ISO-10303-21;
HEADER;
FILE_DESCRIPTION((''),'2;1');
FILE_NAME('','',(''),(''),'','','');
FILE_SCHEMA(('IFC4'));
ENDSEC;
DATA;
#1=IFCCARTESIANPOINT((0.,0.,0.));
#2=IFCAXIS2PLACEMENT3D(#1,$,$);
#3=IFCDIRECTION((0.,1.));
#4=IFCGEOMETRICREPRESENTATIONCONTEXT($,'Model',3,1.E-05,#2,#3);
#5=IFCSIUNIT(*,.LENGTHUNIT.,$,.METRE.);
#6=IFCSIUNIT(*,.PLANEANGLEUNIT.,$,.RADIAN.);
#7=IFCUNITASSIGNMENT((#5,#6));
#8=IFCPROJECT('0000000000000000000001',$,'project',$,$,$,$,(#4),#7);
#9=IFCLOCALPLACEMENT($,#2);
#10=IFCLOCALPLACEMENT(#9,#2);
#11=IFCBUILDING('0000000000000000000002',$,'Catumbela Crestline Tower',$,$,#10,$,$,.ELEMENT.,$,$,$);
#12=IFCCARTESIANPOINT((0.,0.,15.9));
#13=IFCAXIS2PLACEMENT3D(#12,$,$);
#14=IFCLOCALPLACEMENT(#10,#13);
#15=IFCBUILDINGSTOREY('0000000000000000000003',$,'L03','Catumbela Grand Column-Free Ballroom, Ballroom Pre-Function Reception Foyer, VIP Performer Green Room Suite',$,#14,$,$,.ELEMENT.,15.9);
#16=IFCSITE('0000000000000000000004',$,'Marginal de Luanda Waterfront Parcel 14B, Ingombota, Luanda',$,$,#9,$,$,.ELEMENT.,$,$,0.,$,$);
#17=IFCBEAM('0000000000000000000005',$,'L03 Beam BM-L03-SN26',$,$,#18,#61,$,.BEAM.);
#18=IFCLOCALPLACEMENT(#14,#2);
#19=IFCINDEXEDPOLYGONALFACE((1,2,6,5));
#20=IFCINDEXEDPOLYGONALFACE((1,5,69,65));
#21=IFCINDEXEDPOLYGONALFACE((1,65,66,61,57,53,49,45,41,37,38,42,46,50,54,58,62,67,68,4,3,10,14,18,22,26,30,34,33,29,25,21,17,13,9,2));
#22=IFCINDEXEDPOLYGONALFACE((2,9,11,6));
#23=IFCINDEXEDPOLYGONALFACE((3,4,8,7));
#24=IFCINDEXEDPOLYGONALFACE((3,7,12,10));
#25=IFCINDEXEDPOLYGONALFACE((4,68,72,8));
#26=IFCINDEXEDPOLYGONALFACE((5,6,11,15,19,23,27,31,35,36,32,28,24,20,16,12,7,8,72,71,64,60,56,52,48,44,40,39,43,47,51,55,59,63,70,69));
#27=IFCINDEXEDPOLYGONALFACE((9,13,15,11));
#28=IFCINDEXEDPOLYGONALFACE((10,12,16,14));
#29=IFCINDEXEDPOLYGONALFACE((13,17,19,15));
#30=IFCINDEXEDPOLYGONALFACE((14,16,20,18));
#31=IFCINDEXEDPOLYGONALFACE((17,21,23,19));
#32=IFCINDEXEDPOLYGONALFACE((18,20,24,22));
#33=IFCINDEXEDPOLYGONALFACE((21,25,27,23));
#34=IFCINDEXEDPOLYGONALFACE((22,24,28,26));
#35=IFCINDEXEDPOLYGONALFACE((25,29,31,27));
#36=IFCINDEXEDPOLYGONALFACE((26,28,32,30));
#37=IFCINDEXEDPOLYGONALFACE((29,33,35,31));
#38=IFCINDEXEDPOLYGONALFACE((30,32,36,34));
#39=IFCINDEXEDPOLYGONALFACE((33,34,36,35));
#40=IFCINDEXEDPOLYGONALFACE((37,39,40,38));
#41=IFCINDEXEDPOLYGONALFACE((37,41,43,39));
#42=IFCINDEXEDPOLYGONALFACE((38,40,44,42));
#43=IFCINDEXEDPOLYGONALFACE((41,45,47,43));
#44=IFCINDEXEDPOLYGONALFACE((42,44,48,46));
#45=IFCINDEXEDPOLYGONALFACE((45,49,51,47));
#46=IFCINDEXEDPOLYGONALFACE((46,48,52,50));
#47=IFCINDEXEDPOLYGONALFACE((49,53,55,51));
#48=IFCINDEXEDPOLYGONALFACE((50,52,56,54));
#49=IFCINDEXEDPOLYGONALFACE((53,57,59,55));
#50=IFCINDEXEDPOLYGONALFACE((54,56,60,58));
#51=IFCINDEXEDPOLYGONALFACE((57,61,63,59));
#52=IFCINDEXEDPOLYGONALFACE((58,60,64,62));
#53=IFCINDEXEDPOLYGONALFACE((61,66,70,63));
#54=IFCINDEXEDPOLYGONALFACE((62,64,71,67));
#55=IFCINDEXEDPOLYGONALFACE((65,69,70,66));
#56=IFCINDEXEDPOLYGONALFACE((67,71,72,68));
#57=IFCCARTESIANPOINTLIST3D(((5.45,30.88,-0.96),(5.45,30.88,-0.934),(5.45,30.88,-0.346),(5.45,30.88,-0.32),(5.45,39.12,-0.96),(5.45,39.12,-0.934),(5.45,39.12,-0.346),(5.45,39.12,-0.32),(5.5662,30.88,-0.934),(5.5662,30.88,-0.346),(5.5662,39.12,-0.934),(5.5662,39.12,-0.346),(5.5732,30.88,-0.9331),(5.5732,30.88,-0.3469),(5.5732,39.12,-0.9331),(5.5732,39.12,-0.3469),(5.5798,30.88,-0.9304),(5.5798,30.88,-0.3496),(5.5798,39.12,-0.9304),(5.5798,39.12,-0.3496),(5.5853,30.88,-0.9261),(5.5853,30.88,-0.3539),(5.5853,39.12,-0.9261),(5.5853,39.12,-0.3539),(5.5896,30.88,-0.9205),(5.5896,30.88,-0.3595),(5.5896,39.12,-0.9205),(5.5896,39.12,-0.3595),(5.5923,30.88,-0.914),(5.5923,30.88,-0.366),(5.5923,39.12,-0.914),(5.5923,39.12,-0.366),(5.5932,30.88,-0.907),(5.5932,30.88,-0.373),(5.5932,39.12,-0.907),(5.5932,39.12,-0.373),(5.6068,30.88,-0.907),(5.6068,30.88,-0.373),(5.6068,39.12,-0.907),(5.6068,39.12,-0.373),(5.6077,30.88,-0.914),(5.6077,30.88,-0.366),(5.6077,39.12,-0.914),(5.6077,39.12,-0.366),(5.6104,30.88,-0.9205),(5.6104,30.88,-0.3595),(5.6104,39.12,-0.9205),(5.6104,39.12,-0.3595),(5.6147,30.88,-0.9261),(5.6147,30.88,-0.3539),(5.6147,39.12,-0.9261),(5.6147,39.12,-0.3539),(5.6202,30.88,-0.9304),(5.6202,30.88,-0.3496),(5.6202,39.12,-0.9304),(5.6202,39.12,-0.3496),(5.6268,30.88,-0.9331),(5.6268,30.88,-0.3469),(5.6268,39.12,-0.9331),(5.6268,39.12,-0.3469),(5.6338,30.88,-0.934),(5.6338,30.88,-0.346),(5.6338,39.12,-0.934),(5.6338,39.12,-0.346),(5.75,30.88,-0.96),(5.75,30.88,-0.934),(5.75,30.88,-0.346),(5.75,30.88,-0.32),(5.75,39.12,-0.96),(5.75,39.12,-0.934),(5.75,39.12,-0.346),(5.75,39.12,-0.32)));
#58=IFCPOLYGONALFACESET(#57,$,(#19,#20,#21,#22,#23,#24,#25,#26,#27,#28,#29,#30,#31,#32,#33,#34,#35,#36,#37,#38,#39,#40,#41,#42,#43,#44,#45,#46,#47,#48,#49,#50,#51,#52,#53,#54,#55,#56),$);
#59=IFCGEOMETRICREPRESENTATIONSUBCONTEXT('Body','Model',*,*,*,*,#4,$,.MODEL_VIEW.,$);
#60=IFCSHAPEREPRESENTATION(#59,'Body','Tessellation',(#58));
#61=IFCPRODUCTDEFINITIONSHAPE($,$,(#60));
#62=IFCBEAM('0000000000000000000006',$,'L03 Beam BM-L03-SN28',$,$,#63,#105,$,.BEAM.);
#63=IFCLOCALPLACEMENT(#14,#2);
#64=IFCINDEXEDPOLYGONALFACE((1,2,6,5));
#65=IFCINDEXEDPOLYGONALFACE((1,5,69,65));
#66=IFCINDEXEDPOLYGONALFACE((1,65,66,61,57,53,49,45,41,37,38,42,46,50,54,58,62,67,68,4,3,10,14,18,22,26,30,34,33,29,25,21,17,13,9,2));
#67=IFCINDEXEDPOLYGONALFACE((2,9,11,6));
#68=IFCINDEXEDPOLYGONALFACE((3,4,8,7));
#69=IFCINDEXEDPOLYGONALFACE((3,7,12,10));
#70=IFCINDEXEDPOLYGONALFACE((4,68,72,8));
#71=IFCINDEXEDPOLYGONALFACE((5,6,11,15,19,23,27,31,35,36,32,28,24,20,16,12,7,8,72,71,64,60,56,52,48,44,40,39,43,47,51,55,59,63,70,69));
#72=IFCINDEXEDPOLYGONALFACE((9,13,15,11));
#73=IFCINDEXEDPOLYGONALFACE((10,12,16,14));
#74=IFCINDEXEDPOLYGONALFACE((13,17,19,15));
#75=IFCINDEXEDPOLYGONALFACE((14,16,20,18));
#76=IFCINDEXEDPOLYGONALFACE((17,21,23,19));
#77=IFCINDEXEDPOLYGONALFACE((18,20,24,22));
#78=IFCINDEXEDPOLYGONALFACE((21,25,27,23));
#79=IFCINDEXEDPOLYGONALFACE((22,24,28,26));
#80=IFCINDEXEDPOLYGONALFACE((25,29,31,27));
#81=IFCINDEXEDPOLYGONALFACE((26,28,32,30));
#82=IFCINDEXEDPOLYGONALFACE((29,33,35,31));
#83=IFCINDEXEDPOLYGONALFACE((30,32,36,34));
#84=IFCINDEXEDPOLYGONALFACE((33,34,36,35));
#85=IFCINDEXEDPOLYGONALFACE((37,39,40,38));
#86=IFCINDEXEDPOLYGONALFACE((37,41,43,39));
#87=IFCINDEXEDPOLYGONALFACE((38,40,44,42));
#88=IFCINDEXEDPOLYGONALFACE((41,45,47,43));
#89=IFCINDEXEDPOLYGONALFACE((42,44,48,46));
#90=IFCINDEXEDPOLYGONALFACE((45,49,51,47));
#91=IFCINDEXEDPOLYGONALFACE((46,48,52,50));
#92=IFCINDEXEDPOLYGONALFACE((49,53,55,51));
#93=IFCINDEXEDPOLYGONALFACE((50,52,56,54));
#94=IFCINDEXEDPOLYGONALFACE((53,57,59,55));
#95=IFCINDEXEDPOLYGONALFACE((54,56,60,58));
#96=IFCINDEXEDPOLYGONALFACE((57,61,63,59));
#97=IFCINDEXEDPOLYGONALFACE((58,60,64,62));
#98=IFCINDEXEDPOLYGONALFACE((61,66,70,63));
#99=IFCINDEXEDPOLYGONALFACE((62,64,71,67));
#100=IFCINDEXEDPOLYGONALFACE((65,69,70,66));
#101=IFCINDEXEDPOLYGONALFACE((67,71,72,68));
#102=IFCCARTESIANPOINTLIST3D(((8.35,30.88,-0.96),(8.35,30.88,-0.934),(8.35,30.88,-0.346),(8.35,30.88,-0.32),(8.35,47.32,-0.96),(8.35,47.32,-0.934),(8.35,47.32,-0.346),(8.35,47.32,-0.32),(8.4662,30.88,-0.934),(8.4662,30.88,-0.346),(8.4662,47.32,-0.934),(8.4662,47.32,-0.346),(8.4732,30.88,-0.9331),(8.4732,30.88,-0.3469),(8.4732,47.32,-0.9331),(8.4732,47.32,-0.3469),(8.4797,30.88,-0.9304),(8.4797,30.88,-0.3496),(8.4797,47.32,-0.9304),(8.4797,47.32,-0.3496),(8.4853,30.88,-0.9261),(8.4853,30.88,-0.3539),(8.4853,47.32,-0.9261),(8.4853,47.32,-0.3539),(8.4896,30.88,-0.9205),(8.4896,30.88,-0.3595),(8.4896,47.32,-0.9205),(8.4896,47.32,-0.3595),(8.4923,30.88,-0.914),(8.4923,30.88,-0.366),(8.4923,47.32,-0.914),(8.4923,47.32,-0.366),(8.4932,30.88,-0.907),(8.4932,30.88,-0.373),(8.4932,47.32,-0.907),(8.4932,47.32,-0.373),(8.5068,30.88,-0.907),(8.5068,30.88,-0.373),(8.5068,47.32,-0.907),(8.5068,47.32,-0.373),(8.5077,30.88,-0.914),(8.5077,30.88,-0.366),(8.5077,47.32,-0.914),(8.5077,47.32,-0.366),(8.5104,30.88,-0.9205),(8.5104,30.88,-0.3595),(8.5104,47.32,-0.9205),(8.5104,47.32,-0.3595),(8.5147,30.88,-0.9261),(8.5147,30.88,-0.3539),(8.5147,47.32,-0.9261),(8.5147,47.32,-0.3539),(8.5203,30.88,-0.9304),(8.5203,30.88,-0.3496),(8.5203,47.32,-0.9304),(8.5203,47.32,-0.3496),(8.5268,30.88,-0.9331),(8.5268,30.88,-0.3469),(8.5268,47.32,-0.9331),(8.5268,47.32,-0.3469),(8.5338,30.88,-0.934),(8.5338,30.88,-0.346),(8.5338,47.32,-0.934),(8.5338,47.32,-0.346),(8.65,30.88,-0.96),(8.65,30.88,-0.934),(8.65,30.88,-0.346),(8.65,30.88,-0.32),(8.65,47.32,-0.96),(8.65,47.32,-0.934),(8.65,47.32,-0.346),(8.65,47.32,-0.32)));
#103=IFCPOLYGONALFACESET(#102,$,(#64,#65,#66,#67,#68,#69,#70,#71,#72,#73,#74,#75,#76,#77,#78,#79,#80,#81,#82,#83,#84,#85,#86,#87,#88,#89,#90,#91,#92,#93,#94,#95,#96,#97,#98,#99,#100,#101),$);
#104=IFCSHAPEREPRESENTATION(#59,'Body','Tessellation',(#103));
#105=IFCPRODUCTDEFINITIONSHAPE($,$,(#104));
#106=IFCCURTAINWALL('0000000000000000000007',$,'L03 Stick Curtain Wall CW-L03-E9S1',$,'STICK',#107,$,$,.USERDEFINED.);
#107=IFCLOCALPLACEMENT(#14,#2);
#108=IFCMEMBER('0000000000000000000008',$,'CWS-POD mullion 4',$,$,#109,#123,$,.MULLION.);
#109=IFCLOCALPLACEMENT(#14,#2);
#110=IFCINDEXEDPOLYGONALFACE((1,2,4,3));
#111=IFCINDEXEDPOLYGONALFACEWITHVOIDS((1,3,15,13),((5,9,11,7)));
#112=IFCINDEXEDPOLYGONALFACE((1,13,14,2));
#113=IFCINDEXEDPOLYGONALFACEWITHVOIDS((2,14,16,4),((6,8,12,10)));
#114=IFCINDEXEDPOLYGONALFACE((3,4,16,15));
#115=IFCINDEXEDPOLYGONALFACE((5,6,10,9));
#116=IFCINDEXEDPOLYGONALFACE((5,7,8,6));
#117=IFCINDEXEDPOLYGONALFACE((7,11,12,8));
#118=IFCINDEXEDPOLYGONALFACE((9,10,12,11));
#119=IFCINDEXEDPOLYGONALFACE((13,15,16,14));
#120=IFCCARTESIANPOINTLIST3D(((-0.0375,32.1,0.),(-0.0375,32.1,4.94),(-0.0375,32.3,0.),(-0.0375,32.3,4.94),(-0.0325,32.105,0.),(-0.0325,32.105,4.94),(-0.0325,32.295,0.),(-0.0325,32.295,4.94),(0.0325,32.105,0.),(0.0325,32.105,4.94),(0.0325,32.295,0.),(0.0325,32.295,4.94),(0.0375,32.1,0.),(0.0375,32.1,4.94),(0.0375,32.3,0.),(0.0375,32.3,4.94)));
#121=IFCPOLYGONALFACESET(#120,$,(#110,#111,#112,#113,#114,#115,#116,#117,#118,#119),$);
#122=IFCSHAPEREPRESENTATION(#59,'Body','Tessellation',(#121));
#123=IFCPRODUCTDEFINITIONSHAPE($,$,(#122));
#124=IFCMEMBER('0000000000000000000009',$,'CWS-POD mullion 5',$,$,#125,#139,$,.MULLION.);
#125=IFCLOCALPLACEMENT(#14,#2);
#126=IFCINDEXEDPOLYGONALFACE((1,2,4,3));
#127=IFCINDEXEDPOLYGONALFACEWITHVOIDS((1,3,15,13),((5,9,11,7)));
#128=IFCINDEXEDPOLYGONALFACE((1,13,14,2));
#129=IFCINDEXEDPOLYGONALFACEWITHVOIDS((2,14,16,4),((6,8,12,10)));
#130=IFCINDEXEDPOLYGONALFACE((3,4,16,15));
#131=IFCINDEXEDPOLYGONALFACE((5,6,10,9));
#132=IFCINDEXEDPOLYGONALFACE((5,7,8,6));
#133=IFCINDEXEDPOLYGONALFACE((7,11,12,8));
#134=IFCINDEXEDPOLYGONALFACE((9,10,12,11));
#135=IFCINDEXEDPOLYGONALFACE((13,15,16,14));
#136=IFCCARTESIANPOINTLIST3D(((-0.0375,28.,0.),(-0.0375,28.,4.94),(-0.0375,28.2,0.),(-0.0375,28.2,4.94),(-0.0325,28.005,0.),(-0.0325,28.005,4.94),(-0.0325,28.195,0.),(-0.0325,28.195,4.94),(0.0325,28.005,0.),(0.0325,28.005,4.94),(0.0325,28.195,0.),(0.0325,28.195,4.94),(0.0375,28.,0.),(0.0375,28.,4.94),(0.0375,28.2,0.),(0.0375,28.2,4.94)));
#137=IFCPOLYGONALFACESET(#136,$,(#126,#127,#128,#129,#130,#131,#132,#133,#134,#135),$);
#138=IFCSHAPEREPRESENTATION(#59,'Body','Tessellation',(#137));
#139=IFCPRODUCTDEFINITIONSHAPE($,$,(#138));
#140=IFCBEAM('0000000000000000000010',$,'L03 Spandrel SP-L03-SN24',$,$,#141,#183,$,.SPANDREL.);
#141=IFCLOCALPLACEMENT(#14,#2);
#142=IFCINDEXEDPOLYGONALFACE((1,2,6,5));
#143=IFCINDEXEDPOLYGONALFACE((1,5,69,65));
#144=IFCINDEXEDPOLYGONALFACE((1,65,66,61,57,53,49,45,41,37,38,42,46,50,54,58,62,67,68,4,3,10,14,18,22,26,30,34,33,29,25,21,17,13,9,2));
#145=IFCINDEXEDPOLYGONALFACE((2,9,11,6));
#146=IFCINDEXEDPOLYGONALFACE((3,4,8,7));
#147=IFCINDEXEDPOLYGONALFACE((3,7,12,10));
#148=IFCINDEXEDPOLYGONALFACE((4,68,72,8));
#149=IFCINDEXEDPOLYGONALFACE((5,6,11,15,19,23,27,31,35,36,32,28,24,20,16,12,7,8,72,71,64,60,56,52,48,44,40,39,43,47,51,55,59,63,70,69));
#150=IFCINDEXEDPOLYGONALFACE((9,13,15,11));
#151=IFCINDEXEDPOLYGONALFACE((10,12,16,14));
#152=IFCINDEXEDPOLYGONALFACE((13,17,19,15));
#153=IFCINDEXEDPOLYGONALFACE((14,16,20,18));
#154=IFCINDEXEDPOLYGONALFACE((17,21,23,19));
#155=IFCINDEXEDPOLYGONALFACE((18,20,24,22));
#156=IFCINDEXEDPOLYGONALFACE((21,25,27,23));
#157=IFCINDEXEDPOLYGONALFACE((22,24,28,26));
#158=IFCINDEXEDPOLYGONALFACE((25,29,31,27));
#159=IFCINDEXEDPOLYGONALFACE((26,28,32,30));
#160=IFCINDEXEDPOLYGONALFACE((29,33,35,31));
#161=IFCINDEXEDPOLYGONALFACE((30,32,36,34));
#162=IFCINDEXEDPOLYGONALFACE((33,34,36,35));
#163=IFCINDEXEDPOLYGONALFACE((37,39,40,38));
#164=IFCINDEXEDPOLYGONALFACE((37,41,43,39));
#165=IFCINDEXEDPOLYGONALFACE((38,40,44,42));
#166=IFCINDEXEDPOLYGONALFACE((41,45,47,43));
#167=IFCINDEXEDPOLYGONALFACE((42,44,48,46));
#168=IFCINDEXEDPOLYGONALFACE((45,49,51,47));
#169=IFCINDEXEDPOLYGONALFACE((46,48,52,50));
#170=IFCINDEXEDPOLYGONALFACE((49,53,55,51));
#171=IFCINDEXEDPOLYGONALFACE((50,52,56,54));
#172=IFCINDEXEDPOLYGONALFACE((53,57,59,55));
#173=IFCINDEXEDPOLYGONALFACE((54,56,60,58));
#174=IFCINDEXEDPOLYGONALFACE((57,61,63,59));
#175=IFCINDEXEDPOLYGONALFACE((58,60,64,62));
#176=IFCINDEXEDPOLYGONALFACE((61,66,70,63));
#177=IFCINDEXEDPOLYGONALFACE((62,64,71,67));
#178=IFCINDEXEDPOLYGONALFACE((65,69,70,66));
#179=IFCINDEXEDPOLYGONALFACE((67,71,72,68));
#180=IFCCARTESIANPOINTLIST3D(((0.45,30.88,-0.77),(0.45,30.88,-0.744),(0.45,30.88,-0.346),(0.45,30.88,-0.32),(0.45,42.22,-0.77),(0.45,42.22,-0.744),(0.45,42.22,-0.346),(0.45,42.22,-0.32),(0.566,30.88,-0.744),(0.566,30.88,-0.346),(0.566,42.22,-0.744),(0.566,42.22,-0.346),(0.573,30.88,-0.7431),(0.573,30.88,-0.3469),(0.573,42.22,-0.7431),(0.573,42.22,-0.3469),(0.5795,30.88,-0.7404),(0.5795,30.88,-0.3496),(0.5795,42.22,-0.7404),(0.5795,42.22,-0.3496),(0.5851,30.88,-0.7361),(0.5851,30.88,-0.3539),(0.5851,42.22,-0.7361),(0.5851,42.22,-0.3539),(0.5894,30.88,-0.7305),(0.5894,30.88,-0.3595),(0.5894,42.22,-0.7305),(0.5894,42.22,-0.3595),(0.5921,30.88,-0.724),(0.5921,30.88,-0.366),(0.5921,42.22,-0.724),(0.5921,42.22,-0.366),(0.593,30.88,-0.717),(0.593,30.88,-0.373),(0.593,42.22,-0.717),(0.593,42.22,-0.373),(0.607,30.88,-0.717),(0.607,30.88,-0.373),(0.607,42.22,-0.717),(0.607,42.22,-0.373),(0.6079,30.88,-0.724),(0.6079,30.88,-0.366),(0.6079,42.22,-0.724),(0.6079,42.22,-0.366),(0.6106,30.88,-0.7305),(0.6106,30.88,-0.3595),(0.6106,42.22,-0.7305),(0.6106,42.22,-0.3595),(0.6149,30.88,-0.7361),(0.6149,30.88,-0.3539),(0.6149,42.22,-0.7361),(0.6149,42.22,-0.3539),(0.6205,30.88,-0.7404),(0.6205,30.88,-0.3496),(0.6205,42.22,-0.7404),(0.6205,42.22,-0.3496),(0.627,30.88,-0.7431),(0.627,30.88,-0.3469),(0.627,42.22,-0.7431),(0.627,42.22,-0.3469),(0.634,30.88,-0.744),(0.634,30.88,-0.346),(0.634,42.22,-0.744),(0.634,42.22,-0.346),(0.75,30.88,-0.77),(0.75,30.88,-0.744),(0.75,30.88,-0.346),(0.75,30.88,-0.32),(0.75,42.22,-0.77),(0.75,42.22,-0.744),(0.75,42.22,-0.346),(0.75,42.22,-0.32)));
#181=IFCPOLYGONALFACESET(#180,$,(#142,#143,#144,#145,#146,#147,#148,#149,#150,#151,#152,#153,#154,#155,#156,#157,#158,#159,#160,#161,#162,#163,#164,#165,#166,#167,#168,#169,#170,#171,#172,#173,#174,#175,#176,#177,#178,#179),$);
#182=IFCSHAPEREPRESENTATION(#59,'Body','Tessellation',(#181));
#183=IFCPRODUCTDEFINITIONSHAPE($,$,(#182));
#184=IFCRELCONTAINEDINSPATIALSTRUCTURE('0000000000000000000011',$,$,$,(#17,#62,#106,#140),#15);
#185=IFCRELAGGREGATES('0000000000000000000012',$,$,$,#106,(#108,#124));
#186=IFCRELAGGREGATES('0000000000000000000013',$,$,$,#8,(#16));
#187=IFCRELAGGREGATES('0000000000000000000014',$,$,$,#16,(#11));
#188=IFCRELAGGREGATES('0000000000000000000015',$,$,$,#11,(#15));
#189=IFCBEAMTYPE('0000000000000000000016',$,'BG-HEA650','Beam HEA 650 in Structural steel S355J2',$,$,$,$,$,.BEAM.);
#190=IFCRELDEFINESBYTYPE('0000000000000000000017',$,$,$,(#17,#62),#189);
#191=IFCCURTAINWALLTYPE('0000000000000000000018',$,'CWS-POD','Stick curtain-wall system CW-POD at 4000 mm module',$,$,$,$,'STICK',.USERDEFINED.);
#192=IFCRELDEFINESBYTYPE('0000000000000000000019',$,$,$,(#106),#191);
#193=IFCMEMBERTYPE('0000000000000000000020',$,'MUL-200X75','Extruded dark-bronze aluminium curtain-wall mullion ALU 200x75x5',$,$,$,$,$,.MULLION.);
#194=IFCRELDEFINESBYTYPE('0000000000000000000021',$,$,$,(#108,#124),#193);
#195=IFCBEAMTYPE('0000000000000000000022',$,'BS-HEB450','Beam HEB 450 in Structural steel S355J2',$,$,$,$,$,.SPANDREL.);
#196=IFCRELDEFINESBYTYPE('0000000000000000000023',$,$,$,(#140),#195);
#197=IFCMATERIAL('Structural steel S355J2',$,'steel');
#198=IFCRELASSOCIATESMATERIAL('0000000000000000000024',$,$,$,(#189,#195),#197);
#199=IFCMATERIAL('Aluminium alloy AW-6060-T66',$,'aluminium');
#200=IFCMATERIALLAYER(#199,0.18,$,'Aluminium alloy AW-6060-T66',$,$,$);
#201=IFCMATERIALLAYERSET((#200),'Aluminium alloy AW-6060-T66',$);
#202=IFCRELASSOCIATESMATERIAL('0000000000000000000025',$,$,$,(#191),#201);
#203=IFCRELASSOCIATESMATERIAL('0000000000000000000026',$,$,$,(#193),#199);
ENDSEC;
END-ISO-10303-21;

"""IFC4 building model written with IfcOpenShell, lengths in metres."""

from ifc_helpers import new_model, si_unit, direction, frame, origin, origin_2d, place, context, subcontext, project, spatial, hollow_rectangle, i_section, extrude, material, layer, layer_set, material_profile, profile_set, type_object, element, aggregate, save


model = new_model("IFC4")

# Units and contexts
model_context = context("Model", 3, precision=1e-05, world=origin(), true_north=direction((0.0, 1.0)))
body_context = subcontext(model_context, "Body", "Model", "MODEL_VIEW")
ifc_project = project(units=[si_unit("LENGTHUNIT", "METRE"), si_unit("PLANEANGLEUNIT", "RADIAN")], contexts=[model_context])

# Site, building, storey
site_placement = place(None, origin())
site = spatial("IfcSite", under=ifc_project, at=site_placement, Name="Marginal de Luanda Waterfront Parcel 14B, Ingombota, Luanda", CompositionType="ELEMENT", RefElevation=0.0)
building_placement = place(site_placement, origin())
building = spatial("IfcBuilding", under=site, at=building_placement, Name="Catumbela Crestline Tower", CompositionType="ELEMENT")
storey_placement = place(building_placement, frame((0.0, 0.0, 15.9)))
storey = spatial("IfcBuildingStorey", under=building, at=storey_placement, Name="L03", Description="Catumbela Grand Column-Free Ballroom, Ballroom Pre-Function Reception Foyer, VIP Performer Green Room Suite", CompositionType="ELEMENT", Elevation=15.9)

# Beams
ifc_material_1 = material(Name="Structural steel S355J2", Category="steel")
ifc_material_profile_1 = material_profile(ifc_material_1, i_section(OverallWidth=0.3, OverallDepth=0.64, WebThickness=0.0135, FlangeThickness=0.026, FilletRadius=0.027, at=origin_2d()), Name="HEA 650")
ifc_profile_set_1 = profile_set([ifc_material_profile_1], Name="Structural steel S355J2")
beam_type_1 = type_object("IfcBeamType", Name="BG-HEA650", Description="Beam HEA 650 in Structural steel S355J2", PredefinedType="BEAM", material=ifc_profile_set_1)
beam_1_placement = place(storey_placement, frame((5.6, 30.88, -0.64), z_axis=(0.0, 1.0, 0.0), x_axis=(-1.0, 0.0, 0.0)))
element("IfcBeam", 1, at=beam_1_placement, inside=storey, type_object=beam_type_1, Name="L03 Beam BM-L03-SN26", PredefinedType="BEAM", context=body_context, shape_type="SweptSolid", body=[
    extrude(i_section(OverallWidth=0.3, OverallDepth=0.64, WebThickness=0.0135, FlangeThickness=0.026, FilletRadius=0.027, at=origin_2d()), origin(), (0.0, 0.0, 1.0), 8.24),
])
beam_2_placement = place(storey_placement, frame((8.5, 30.88, -0.64), z_axis=(0.0, 1.0, 0.0), x_axis=(-1.0, 0.0, 0.0)))
element("IfcBeam", 2, at=beam_2_placement, inside=storey, type_object=beam_type_1, Name="L03 Beam BM-L03-SN28", PredefinedType="BEAM", context=body_context, shape_type="SweptSolid", body=[
    extrude(i_section(OverallWidth=0.3, OverallDepth=0.64, WebThickness=0.0135, FlangeThickness=0.026, FilletRadius=0.027, at=origin_2d()), origin(), (0.0, 0.0, 1.0), 16.44),
])

# Curtain wall, members
ifc_material_2 = material(Name="Aluminium alloy AW-6060-T66", Category="aluminium")
ifc_layer_1 = layer(ifc_material_2, 0.18, Name="Aluminium alloy AW-6060-T66")
ifc_layer_set_1 = layer_set([ifc_layer_1], Name="Aluminium alloy AW-6060-T66")
curtain_wall_type = type_object("IfcCurtainWallType", Name="CWS-POD", Description="Stick curtain-wall system CW-POD at 4000 mm module", ElementType="STICK", PredefinedType="USERDEFINED", material=ifc_layer_set_1)
curtain_wall_placement = place(storey_placement, origin())
curtain_wall = element("IfcCurtainWall", 3, at=curtain_wall_placement, inside=storey, type_object=curtain_wall_type, Name="L03 Stick Curtain Wall CW-L03-E9S1", ObjectType="STICK", PredefinedType="USERDEFINED")
ifc_material_profile_2 = material_profile(ifc_material_2, hollow_rectangle(XDim=0.075, YDim=0.2, WallThickness=0.005, at=origin_2d()), Name="ALU 200x75x5")
ifc_profile_set_2 = profile_set([ifc_material_profile_2], Name="Aluminium alloy AW-6060-T66")
member_type_1 = type_object("IfcMemberType", Name="MUL-200X75", Description="Extruded dark-bronze aluminium curtain-wall mullion ALU 200x75x5", PredefinedType="MULLION", material=ifc_profile_set_2)
member_1_placement = place(storey_placement, frame((0.0, 32.2, 0.0), z_axis=(0.0, 0.0, 1.0), x_axis=(1.0, 0.0, 0.0)))
member_1 = element("IfcMember", 4, at=member_1_placement, type_object=member_type_1, Name="CWS-POD mullion 4", PredefinedType="MULLION", context=body_context, shape_type="SweptSolid", body=[
    extrude(hollow_rectangle(XDim=0.075, YDim=0.2, WallThickness=0.005, at=origin_2d()), origin(), (0.0, 0.0, 1.0), 4.94),
])
member_2_placement = place(storey_placement, frame((0.0, 28.1, 0.0), z_axis=(0.0, 0.0, 1.0), x_axis=(1.0, 0.0, 0.0)))
member_2 = element("IfcMember", 5, at=member_2_placement, type_object=member_type_1, Name="CWS-POD mullion 5", PredefinedType="MULLION", context=body_context, shape_type="SweptSolid", body=[
    extrude(hollow_rectangle(XDim=0.075, YDim=0.2, WallThickness=0.005, at=origin_2d()), origin(), (0.0, 0.0, 1.0), 4.94),
])

# Beam
ifc_material_profile_3 = material_profile(ifc_material_1, i_section(OverallWidth=0.3, OverallDepth=0.45, WebThickness=0.014, FlangeThickness=0.026, FilletRadius=0.027, at=origin_2d()), Name="HEB 450")
ifc_profile_set_3 = profile_set([ifc_material_profile_3], Name="Structural steel S355J2")
beam_type_2 = type_object("IfcBeamType", Name="BS-HEB450", Description="Beam HEB 450 in Structural steel S355J2", PredefinedType="SPANDREL", material=ifc_profile_set_3)
beam_3_placement = place(storey_placement, frame((0.6, 30.88, -0.545), z_axis=(0.0, 1.0, 0.0), x_axis=(-1.0, 0.0, 0.0)))
element("IfcBeam", 6, at=beam_3_placement, inside=storey, type_object=beam_type_2, Name="L03 Spandrel SP-L03-SN24", PredefinedType="SPANDREL", context=body_context, shape_type="SweptSolid", body=[
    extrude(i_section(OverallWidth=0.3, OverallDepth=0.45, WebThickness=0.014, FlangeThickness=0.026, FilletRadius=0.027, at=origin_2d()), origin(), (0.0, 0.0, 1.0), 11.34),
])

aggregate(curtain_wall, [member_1, member_2])

save(model, "model.ifc")
